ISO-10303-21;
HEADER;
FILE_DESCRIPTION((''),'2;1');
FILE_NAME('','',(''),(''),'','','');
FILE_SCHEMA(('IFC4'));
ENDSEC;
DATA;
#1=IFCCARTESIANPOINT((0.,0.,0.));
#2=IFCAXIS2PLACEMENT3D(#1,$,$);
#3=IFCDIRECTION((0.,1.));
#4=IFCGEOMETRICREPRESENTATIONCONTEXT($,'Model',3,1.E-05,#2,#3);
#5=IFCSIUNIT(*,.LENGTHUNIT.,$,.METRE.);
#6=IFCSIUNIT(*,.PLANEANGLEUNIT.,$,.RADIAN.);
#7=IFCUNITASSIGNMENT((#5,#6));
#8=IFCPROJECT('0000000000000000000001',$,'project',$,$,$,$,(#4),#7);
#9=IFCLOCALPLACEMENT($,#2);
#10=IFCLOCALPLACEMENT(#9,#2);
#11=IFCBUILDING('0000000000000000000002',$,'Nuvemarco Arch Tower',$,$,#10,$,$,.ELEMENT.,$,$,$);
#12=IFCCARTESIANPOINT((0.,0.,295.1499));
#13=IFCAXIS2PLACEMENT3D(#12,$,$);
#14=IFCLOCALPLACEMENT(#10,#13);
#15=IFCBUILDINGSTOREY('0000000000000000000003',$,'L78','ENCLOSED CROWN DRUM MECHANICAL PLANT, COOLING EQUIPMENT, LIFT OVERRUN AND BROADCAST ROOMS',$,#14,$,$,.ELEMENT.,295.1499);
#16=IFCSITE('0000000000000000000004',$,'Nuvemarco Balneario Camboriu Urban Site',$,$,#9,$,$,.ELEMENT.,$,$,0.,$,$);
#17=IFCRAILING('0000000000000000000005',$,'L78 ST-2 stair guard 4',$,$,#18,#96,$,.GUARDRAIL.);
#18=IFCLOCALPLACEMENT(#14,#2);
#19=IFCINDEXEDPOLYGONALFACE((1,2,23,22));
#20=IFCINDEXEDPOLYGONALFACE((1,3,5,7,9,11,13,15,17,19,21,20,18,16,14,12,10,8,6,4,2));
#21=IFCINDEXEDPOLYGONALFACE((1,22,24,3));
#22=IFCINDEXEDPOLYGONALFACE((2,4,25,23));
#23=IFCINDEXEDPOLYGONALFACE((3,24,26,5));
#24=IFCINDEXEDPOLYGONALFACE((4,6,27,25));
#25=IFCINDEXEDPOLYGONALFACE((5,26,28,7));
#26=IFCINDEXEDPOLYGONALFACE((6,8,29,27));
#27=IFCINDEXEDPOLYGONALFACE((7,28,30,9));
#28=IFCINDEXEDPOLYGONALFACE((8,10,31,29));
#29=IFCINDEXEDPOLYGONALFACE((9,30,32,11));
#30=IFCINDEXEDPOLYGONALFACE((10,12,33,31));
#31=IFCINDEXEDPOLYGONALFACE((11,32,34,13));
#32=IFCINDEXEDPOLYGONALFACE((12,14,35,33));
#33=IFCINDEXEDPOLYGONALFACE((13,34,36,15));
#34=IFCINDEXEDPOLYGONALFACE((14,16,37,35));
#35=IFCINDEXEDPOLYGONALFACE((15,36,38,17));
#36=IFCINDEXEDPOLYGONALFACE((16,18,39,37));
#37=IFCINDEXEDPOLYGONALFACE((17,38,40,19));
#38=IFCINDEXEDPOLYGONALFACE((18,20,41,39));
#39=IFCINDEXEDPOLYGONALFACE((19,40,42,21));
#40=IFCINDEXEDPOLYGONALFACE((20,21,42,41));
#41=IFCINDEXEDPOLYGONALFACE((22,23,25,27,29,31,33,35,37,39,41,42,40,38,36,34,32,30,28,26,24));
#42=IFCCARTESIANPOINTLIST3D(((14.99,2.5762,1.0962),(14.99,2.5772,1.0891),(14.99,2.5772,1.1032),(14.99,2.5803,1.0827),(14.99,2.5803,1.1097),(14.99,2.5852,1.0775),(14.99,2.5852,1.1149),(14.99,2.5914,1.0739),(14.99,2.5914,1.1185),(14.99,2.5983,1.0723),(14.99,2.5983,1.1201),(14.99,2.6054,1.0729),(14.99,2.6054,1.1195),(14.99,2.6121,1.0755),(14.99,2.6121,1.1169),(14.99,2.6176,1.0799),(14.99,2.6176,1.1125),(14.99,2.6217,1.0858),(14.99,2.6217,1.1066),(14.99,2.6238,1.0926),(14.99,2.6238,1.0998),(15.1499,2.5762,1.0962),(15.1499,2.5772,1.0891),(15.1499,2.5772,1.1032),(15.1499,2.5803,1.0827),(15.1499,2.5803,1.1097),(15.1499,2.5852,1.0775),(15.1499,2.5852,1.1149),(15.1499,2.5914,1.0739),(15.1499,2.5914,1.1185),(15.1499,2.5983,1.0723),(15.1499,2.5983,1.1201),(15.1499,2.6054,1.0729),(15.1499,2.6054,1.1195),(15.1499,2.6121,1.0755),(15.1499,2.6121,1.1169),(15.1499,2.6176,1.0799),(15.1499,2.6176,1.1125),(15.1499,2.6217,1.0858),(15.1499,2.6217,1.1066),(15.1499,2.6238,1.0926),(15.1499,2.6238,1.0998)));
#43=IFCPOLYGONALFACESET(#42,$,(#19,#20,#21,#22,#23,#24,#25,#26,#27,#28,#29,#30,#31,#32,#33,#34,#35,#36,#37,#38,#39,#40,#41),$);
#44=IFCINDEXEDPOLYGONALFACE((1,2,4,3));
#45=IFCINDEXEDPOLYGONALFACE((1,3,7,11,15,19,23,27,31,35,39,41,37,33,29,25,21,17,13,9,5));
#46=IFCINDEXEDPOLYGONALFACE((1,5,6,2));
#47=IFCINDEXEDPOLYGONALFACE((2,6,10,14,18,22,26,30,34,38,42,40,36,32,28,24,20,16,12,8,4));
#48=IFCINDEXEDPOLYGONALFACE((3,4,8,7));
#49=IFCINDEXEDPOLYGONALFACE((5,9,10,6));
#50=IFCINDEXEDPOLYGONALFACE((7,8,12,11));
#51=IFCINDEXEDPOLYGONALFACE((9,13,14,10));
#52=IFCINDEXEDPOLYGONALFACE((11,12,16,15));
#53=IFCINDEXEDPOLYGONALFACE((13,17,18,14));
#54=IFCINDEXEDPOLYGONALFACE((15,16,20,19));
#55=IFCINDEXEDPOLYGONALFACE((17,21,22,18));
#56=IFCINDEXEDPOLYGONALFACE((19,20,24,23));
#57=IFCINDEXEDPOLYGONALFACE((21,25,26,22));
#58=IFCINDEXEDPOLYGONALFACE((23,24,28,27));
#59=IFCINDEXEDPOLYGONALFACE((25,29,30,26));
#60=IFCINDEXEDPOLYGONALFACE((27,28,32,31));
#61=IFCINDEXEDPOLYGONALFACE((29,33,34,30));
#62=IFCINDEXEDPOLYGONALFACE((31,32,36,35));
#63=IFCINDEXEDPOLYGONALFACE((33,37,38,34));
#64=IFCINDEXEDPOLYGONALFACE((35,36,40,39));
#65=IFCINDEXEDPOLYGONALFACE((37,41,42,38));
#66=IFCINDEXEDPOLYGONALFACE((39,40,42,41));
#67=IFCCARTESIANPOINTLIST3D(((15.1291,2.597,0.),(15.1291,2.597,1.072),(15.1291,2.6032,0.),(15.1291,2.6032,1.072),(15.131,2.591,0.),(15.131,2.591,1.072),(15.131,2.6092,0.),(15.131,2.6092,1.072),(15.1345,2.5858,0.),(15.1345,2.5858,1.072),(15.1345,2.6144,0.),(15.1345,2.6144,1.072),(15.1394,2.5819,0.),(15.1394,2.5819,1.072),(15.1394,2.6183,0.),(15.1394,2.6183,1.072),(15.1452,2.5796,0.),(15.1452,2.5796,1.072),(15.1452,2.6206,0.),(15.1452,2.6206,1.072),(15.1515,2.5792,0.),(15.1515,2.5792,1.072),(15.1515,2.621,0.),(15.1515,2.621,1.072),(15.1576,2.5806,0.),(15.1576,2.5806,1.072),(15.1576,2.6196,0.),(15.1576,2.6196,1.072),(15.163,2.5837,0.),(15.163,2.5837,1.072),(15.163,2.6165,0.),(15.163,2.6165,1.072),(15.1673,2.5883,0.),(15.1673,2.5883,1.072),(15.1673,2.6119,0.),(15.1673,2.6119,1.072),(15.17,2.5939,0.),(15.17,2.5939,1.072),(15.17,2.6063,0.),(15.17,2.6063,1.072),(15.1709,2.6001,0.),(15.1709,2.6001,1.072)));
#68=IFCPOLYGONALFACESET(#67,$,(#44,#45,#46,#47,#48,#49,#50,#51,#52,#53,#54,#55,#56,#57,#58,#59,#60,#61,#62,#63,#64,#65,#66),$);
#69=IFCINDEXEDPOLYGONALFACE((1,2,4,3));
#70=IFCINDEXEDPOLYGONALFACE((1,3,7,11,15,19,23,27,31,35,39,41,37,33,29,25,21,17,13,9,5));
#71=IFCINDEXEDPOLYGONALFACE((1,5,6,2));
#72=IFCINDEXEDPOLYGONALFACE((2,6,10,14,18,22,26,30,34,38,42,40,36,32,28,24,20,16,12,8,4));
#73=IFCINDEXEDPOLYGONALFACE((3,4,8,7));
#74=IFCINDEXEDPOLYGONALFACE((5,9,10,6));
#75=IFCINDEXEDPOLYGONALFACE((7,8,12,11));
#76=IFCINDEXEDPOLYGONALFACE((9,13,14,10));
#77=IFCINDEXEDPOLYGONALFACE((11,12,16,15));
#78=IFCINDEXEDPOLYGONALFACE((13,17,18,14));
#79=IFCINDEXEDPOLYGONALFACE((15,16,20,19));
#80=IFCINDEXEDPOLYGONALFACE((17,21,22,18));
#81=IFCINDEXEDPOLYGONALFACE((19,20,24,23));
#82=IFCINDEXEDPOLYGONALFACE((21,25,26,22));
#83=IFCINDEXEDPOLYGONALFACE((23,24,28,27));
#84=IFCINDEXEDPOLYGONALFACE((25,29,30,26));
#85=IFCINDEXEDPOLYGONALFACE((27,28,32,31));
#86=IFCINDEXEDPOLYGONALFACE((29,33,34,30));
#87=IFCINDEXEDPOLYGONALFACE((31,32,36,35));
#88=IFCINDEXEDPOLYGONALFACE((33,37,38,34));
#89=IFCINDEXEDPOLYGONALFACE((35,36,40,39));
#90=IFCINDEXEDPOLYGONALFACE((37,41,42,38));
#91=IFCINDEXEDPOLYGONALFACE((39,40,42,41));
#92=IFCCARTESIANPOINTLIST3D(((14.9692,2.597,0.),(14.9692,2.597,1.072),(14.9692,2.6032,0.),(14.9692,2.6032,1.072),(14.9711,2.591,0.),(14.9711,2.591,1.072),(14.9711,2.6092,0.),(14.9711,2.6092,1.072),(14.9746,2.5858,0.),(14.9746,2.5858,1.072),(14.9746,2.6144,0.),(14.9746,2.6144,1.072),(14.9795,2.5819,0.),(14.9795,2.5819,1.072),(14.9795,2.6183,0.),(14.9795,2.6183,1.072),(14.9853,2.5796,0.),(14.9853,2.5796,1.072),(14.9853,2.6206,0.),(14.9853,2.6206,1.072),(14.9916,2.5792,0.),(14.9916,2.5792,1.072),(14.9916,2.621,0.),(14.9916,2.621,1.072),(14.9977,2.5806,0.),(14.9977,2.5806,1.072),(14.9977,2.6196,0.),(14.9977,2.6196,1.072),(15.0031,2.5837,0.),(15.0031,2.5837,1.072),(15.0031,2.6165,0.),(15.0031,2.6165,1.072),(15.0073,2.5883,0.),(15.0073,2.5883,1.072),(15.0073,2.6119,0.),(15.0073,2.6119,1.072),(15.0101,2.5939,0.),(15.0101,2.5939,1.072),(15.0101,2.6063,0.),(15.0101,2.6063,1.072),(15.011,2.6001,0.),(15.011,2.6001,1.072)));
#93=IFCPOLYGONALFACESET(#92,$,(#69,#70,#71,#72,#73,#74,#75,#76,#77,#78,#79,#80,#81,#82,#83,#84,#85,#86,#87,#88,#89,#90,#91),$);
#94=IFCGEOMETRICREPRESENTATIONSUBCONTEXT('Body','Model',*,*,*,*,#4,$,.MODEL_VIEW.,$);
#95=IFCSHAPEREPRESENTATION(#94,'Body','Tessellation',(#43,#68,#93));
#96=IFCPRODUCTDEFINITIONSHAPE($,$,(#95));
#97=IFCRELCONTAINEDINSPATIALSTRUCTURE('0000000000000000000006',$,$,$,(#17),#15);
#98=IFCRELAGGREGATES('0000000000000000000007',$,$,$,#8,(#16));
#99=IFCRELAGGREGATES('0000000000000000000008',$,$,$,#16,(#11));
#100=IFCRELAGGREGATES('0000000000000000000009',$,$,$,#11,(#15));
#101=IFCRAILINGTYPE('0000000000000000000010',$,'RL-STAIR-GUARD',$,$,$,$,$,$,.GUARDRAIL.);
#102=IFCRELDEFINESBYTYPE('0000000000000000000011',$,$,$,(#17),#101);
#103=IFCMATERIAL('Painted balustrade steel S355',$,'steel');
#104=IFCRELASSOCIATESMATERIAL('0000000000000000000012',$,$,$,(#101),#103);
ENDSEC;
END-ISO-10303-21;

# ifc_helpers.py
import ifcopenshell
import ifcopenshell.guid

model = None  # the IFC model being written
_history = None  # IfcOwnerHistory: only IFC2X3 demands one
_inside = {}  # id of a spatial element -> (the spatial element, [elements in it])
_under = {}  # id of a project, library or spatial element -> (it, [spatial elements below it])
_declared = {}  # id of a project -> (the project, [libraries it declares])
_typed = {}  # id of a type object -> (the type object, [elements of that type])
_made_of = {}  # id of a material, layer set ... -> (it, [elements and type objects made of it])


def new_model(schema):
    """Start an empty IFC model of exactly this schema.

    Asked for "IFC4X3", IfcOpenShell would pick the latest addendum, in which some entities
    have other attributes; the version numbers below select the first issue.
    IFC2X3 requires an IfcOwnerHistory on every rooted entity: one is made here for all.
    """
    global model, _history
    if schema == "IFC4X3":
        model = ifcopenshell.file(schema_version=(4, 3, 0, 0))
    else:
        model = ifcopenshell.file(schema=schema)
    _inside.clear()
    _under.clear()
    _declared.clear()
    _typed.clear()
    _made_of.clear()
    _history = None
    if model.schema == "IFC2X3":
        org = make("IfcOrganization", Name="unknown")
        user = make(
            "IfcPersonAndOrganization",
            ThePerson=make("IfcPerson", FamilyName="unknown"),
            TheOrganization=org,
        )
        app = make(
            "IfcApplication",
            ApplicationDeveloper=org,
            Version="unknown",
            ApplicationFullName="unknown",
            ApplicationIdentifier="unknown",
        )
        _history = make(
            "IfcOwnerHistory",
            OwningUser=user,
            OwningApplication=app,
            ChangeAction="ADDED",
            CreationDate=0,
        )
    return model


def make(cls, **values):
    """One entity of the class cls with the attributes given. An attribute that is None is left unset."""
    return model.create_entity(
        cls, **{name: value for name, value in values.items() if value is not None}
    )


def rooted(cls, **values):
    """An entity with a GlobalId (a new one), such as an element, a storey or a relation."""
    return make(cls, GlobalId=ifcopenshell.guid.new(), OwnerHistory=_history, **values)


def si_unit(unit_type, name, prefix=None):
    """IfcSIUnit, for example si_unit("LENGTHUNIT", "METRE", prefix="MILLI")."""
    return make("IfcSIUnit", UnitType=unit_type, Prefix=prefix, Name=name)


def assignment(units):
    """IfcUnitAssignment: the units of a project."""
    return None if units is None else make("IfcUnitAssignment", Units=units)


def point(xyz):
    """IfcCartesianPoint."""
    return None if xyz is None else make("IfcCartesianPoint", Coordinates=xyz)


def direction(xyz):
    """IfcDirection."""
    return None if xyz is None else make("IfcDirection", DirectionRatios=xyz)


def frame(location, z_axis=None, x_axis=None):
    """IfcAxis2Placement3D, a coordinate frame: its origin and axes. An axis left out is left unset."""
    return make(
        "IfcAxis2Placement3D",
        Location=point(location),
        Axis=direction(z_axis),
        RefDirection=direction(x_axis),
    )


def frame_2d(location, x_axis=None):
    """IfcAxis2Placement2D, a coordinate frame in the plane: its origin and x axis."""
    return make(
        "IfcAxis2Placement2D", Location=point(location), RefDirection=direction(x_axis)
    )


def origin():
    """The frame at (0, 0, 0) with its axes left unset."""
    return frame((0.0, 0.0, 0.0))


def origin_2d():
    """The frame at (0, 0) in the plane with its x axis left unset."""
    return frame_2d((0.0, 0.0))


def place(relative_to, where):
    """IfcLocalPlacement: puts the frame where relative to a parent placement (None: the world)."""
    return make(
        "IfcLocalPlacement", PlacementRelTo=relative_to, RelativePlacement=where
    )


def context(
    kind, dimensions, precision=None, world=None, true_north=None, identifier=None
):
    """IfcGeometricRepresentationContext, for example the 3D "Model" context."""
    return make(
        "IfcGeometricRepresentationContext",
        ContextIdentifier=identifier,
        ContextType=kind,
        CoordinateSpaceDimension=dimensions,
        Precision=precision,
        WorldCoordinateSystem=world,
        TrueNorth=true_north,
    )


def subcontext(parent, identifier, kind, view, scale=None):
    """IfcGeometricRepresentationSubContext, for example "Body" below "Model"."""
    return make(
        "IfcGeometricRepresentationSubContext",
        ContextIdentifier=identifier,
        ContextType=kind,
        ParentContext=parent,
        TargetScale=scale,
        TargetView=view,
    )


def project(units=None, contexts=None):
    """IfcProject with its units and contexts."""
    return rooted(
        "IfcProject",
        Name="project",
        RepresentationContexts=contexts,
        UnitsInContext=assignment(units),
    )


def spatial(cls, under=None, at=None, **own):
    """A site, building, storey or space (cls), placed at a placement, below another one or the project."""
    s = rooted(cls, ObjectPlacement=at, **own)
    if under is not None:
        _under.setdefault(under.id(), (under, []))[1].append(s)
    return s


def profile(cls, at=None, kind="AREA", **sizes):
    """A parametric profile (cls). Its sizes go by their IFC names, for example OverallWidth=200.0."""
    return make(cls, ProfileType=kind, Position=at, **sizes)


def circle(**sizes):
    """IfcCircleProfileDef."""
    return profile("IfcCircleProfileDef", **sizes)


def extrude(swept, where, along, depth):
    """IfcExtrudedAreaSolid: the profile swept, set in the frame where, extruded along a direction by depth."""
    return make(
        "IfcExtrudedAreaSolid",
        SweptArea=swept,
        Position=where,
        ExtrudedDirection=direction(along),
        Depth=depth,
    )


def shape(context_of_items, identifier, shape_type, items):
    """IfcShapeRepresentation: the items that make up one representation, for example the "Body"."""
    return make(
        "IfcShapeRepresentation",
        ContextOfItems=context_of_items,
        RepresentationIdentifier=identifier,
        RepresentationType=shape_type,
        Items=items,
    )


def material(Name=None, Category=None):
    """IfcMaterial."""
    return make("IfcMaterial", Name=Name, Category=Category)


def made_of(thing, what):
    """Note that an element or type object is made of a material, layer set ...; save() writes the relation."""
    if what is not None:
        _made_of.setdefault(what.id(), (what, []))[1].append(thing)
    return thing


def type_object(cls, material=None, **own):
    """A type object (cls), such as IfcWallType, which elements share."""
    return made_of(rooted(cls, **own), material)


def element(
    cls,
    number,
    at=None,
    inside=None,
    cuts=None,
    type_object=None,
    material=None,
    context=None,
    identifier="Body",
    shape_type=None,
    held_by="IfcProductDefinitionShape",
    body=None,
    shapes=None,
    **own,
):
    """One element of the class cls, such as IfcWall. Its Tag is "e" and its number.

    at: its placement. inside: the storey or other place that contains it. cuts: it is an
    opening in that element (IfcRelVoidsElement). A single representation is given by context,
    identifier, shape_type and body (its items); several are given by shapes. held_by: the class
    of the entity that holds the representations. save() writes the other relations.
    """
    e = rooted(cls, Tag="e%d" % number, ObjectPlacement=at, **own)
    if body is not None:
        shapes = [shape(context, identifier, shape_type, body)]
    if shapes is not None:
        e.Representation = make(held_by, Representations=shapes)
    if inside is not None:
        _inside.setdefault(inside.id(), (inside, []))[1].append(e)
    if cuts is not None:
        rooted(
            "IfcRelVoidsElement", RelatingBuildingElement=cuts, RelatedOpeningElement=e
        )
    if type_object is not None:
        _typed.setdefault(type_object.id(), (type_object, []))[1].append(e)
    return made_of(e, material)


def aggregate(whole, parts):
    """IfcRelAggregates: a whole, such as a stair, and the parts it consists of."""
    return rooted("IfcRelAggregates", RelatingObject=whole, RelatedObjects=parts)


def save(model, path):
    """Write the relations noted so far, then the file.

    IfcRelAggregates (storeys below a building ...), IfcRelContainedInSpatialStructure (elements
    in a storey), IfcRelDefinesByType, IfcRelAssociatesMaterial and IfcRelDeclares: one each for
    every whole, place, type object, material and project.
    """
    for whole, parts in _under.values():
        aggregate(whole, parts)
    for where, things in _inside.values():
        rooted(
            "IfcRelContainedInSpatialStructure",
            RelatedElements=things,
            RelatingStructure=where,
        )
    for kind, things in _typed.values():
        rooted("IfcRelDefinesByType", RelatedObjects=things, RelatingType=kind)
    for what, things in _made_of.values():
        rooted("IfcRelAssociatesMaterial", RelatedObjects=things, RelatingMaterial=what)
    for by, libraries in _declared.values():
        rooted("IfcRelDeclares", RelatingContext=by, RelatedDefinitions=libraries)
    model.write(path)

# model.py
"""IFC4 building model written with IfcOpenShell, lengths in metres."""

from ifc_helpers import new_model, si_unit, direction, frame, origin, origin_2d, place, context, subcontext, project, spatial, circle, extrude, material, type_object, element, save


model = new_model("IFC4")

# Units and contexts
model_context = context("Model", 3, precision=1e-05, world=origin(), true_north=direction((0.0, 1.0)))
body_context = subcontext(model_context, "Body", "Model", "MODEL_VIEW")
ifc_project = project(units=[si_unit("LENGTHUNIT", "METRE"), si_unit("PLANEANGLEUNIT", "RADIAN")], contexts=[model_context])

# Site, building, storey
site_placement = place(None, origin())
site = spatial("IfcSite", under=ifc_project, at=site_placement, Name="Nuvemarco Balneario Camboriu Urban Site", CompositionType="ELEMENT", RefElevation=0.0)
building_placement = place(site_placement, origin())
building = spatial("IfcBuilding", under=site, at=building_placement, Name="Nuvemarco Arch Tower", CompositionType="ELEMENT")
storey_placement = place(building_placement, frame((0.0, 0.0, 295.1499)))
storey = spatial("IfcBuildingStorey", under=building, at=storey_placement, Name="L78", Description="ENCLOSED CROWN DRUM MECHANICAL PLANT, COOLING EQUIPMENT, LIFT OVERRUN AND BROADCAST ROOMS", CompositionType="ELEMENT", Elevation=295.1499)

# Railing
ifc_material_1 = material(Name="Painted balustrade steel S355", Category="steel")
railing_type_1 = type_object("IfcRailingType", Name="RL-STAIR-GUARD", PredefinedType="GUARDRAIL", material=ifc_material_1)
railing_1_placement = place(storey_placement, frame((15.1499, 2.6001, 0.0)))
element("IfcRailing", 1, at=railing_1_placement, inside=storey, type_object=railing_type_1, Name="L78 ST-2 stair guard 4", PredefinedType="GUARDRAIL", context=body_context, shape_type="SweptSolid", body=[
    extrude(circle(Radius=0.0239, at=origin_2d()), frame((0.0, 0.0, 1.0962), z_axis=(-1.0, 0.0, 0.0), x_axis=(0.0, -1.0, 0.0)), (0.0, 0.0, 1.0), 0.1599),
    extrude(circle(Radius=0.021, at=origin_2d()), origin(), (0.0, 0.0, 1.0), 1.072),
    extrude(circle(Radius=0.021, at=origin_2d()), frame((-0.1599, 0.0, 0.0)), (0.0, 0.0, 1.0), 1.072),
])

save(model, "model.ifc")
